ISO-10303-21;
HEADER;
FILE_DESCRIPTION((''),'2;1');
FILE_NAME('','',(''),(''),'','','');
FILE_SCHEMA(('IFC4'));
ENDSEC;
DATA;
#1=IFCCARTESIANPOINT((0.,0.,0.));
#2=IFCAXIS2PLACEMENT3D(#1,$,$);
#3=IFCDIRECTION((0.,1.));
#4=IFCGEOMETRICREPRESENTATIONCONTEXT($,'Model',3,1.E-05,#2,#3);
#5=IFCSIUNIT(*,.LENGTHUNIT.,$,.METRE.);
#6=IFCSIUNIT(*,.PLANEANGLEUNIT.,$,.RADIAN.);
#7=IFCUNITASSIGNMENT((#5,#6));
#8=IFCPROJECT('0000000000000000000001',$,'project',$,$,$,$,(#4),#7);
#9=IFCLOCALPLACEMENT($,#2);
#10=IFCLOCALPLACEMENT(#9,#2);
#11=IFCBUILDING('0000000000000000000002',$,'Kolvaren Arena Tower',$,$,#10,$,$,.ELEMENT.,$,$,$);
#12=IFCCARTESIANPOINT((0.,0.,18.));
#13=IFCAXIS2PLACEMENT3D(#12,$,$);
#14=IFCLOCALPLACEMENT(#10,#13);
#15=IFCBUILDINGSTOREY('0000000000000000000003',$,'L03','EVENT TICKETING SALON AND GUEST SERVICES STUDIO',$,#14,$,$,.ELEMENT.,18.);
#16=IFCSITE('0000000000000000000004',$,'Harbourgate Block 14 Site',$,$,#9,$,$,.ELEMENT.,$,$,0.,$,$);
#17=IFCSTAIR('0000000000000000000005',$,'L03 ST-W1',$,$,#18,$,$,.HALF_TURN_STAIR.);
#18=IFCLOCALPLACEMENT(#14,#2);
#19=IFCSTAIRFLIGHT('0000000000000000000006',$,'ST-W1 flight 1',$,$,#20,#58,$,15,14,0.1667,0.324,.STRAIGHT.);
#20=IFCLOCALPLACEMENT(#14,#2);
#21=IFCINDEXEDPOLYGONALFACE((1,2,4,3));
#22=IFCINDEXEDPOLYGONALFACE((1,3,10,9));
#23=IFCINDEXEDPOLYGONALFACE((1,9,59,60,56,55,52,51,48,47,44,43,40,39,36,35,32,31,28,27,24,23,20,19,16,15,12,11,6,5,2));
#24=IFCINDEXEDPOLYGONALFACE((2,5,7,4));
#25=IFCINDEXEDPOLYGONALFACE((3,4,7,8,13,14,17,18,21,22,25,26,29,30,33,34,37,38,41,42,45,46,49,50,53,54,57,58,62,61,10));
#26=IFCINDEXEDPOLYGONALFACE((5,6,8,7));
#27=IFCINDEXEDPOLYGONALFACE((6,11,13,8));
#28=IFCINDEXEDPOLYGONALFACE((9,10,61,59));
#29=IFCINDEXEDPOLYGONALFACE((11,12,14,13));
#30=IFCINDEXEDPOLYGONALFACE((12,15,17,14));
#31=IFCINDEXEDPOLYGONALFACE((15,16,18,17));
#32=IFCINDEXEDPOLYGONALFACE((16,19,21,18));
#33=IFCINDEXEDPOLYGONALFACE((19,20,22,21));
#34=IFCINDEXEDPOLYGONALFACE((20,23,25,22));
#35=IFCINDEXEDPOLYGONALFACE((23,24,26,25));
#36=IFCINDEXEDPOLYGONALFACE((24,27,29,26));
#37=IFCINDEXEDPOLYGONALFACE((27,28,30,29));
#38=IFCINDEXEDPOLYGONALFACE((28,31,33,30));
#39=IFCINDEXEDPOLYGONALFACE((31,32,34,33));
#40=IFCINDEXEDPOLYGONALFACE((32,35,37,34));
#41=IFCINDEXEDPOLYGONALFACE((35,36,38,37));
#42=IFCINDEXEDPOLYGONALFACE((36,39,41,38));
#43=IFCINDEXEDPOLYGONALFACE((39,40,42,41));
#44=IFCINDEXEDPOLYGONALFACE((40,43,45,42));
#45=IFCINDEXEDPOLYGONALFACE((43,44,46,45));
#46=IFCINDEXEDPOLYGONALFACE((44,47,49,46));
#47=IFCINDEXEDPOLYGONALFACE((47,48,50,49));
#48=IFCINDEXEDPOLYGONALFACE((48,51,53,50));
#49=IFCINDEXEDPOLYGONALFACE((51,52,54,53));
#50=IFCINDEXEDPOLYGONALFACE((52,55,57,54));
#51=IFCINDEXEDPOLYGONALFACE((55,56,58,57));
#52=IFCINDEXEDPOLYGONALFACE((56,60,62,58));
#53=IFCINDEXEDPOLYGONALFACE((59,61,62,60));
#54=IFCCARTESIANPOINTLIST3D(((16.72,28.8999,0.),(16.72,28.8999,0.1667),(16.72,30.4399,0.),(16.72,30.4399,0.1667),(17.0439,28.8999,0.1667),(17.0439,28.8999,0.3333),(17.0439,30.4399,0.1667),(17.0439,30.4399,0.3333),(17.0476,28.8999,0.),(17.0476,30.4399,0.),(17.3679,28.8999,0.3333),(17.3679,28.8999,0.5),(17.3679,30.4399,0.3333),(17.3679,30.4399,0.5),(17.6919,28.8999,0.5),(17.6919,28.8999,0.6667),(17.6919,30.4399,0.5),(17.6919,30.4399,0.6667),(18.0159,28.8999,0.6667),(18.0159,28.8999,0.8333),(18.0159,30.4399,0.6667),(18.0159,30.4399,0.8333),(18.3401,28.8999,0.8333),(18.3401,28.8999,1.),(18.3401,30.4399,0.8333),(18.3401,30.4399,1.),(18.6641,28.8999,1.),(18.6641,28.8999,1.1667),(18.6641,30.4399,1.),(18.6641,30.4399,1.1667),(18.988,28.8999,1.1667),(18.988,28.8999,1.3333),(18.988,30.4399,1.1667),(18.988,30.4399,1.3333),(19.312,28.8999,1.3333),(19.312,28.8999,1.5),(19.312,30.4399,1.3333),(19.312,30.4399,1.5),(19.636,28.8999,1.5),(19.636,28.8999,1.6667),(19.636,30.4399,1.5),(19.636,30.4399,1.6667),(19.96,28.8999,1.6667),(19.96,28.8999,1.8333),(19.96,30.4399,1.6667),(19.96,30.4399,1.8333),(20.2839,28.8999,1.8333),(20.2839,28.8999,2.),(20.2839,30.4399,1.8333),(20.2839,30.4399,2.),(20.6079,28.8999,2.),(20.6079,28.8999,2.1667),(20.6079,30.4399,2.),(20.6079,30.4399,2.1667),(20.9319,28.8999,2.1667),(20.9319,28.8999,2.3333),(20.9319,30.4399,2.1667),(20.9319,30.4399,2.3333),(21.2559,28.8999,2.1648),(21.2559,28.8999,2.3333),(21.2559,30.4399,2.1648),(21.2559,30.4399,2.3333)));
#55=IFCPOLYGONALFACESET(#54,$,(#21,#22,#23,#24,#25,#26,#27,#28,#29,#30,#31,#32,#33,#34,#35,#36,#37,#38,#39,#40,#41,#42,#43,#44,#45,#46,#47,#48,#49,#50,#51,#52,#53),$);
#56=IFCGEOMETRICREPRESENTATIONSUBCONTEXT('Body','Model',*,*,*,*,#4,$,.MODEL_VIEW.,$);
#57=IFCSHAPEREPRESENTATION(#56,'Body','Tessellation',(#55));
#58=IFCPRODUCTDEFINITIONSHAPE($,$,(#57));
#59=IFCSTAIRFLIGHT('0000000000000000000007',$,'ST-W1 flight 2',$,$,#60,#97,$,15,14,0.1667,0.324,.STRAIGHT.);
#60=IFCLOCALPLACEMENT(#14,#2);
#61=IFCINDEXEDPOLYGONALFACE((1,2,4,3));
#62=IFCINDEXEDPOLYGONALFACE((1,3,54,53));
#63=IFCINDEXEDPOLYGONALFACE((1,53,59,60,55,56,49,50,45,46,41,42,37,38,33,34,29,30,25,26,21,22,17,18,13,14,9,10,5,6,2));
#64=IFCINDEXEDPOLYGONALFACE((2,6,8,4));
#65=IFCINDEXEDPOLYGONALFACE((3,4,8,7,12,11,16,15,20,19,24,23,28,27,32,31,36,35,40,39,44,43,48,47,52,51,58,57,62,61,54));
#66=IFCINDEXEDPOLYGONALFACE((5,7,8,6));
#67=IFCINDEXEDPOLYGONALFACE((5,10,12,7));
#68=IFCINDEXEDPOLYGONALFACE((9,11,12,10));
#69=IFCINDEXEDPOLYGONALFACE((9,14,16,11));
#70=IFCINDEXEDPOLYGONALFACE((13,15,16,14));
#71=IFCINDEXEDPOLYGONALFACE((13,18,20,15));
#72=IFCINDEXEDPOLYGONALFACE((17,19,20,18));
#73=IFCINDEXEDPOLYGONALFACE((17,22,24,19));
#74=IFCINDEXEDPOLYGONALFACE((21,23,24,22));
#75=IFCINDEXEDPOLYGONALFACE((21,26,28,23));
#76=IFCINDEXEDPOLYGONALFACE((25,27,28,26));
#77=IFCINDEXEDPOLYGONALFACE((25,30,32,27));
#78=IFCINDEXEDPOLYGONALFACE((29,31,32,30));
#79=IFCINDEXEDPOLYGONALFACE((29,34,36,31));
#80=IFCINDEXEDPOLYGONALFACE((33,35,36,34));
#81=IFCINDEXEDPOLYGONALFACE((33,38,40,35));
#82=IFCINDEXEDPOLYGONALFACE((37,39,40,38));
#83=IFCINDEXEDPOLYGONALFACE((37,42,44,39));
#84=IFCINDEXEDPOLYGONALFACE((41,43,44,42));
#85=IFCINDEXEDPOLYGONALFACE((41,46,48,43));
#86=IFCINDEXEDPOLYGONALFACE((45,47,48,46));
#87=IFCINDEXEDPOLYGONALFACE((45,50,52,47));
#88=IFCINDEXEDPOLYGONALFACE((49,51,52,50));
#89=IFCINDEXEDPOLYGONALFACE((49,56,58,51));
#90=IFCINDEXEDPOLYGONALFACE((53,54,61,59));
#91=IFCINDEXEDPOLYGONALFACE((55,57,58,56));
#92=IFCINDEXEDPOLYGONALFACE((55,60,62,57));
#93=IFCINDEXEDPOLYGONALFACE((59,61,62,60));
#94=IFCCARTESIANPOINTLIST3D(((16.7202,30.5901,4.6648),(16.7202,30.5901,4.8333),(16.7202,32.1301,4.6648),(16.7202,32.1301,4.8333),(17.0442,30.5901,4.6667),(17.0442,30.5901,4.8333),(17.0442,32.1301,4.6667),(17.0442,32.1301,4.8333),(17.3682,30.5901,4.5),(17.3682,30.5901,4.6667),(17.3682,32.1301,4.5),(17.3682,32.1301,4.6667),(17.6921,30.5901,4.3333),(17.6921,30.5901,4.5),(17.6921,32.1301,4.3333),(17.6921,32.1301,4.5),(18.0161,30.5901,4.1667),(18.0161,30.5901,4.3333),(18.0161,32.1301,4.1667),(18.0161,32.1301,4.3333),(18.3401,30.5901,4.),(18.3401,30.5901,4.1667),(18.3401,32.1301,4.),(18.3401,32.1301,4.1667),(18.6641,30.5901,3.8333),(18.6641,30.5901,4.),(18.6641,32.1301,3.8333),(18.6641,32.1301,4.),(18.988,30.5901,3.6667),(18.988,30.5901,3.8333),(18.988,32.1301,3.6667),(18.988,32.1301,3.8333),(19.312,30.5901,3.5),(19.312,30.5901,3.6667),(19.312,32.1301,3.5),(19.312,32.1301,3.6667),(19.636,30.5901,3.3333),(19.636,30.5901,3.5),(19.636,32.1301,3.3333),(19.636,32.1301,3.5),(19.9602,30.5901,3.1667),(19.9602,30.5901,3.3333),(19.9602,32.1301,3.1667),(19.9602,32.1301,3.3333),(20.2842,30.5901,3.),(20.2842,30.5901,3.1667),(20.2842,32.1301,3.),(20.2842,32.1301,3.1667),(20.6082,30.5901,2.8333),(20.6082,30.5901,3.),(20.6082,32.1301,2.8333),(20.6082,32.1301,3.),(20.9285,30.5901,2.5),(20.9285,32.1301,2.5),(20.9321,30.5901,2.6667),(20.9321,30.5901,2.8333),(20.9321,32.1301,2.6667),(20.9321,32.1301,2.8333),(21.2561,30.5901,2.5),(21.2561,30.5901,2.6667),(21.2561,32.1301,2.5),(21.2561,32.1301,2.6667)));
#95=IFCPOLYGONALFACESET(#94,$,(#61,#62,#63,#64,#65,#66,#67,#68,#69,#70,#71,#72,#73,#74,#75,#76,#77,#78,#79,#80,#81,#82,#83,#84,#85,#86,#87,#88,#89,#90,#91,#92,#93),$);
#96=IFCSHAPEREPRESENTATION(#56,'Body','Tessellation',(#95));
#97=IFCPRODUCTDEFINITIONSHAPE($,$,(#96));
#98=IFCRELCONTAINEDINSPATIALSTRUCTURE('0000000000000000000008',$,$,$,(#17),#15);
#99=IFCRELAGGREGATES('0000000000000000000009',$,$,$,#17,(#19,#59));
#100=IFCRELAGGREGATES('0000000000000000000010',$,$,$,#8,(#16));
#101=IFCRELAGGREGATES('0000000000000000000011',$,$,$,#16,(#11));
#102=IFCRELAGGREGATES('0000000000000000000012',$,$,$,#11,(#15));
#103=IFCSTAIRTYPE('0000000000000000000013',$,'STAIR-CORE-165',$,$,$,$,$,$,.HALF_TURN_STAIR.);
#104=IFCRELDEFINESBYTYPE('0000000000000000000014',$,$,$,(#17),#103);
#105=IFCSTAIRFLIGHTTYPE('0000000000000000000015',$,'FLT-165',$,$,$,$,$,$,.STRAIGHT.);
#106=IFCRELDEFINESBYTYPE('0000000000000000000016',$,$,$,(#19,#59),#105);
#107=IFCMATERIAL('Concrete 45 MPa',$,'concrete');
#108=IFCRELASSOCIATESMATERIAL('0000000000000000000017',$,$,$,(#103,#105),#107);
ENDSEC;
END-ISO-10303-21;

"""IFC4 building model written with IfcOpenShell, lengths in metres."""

from ifc_helpers import new_model, si_unit, direction, frame, origin, place, context, subcontext, project, spatial, polyline, outline, extrude, material, type_object, element, aggregate, save


model = new_model("IFC4")

# Units and contexts
model_context = context("Model", 3, precision=1e-05, world=origin(), true_north=direction((0.0, 1.0)))
body_context = subcontext(model_context, "Body", "Model", "MODEL_VIEW")
ifc_project = project(units=[si_unit("LENGTHUNIT", "METRE"), si_unit("PLANEANGLEUNIT", "RADIAN")], contexts=[model_context])

# Site, building, storey
site_placement = place(None, origin())
site = spatial("IfcSite", under=ifc_project, at=site_placement, Name="Harbourgate Block 14 Site", CompositionType="ELEMENT", RefElevation=0.0)
building_placement = place(site_placement, origin())
building = spatial("IfcBuilding", under=site, at=building_placement, Name="Kolvaren Arena Tower", CompositionType="ELEMENT")
storey_placement = place(building_placement, frame((0.0, 0.0, 18.0)))
storey = spatial("IfcBuildingStorey", under=building, at=storey_placement, Name="L03", Description="EVENT TICKETING SALON AND GUEST SERVICES STUDIO", CompositionType="ELEMENT", Elevation=18.0)

# Shared definitions
ifc_material_1 = material(Name="Concrete 45 MPa", Category="concrete")

# Stair, stair flights
stair_type = type_object("IfcStairType", Name="STAIR-CORE-165", PredefinedType="HALF_TURN_STAIR", material=ifc_material_1)
stair_placement = place(storey_placement, origin())
stair = element("IfcStair", 1, at=stair_placement, inside=storey, type_object=stair_type, Name="L03 ST-W1", PredefinedType="HALF_TURN_STAIR")
stair_flight_type = type_object("IfcStairFlightType", Name="FLT-165", PredefinedType="STRAIGHT", material=ifc_material_1)
stair_flight_1_placement = place(storey_placement, frame((16.72, 29.6699, 0.0), z_axis=(0.0, 0.0, 1.0), x_axis=(1.0, 0.0, 0.0)))
stair_flight_1 = element("IfcStairFlight", 2, at=stair_flight_1_placement, type_object=stair_flight_type, Name="ST-W1 flight 1", NumberOfRisers=15, NumberOfTreads=14, PredefinedType="STRAIGHT", RiserHeight=0.1667, TreadLength=0.324, context=body_context, shape_type="SweptSolid", body=[
    extrude(outline(polyline([(0.0, 0.0), (0.0, 0.1667), (0.324, 0.1667), (0.324, 0.3333), (0.6479, 0.3333), (0.6479, 0.5), (0.9719, 0.5), (0.9719, 0.6667), (1.2959, 0.6667), (1.2959, 0.8333), (1.6201, 0.8333), (1.6201, 1.0), (1.9441, 1.0), (1.9441, 1.1667), (2.2681, 1.1667), (2.2681, 1.3333), (2.592, 1.3333), (2.592, 1.5), (2.916, 1.5), (2.916, 1.6667), (3.24, 1.6667), (3.24, 1.8333), (3.564, 1.8333), (3.564, 2.0), (3.8879, 2.0), (3.8879, 2.1667), (4.2119, 2.1667), (4.2119, 2.3333), (4.5359, 2.3333), (4.5359, 2.5), (4.5359, 2.1648), (0.3276, 0.0), (0.0, 0.0)])), frame((0.0, 0.77, 0.0), z_axis=(0.0, -1.0, 0.0), x_axis=(1.0, 0.0, 0.0)), (0.0, 0.0, 1.0), 1.54),
])
stair_flight_2_placement = place(storey_placement, frame((21.2561, 31.3601, 2.5), z_axis=(0.0, 0.0, 1.0), x_axis=(-1.0, 0.0, 0.0)))
stair_flight_2 = element("IfcStairFlight", 3, at=stair_flight_2_placement, type_object=stair_flight_type, Name="ST-W1 flight 2", NumberOfRisers=15, NumberOfTreads=14, PredefinedType="STRAIGHT", RiserHeight=0.1667, TreadLength=0.324, context=body_context, shape_type="SweptSolid", body=[
    extrude(outline(polyline([(0.0, 0.0), (0.0, 0.1667), (0.324, 0.1667), (0.324, 0.3333), (0.6479, 0.3333), (0.6479, 0.5), (0.9719, 0.5), (0.9719, 0.6667), (1.2959, 0.6667), (1.2959, 0.8333), (1.6201, 0.8333), (1.6201, 1.0), (1.9441, 1.0), (1.9441, 1.1667), (2.2681, 1.1667), (2.2681, 1.3333), (2.592, 1.3333), (2.592, 1.5), (2.916, 1.5), (2.916, 1.6667), (3.24, 1.6667), (3.24, 1.8333), (3.564, 1.8333), (3.564, 2.0), (3.8879, 2.0), (3.8879, 2.1667), (4.2119, 2.1667), (4.2119, 2.3333), (4.5359, 2.3333), (4.5359, 2.5), (4.5359, 2.1648), (0.3276, 0.0), (0.0, 0.0)])), frame((0.0, 0.77, 0.0), z_axis=(0.0, -1.0, 0.0), x_axis=(1.0, 0.0, 0.0)), (0.0, 0.0, 1.0), 1.54),
])
aggregate(stair, [stair_flight_1, stair_flight_2])

save(model, "model.ifc")
